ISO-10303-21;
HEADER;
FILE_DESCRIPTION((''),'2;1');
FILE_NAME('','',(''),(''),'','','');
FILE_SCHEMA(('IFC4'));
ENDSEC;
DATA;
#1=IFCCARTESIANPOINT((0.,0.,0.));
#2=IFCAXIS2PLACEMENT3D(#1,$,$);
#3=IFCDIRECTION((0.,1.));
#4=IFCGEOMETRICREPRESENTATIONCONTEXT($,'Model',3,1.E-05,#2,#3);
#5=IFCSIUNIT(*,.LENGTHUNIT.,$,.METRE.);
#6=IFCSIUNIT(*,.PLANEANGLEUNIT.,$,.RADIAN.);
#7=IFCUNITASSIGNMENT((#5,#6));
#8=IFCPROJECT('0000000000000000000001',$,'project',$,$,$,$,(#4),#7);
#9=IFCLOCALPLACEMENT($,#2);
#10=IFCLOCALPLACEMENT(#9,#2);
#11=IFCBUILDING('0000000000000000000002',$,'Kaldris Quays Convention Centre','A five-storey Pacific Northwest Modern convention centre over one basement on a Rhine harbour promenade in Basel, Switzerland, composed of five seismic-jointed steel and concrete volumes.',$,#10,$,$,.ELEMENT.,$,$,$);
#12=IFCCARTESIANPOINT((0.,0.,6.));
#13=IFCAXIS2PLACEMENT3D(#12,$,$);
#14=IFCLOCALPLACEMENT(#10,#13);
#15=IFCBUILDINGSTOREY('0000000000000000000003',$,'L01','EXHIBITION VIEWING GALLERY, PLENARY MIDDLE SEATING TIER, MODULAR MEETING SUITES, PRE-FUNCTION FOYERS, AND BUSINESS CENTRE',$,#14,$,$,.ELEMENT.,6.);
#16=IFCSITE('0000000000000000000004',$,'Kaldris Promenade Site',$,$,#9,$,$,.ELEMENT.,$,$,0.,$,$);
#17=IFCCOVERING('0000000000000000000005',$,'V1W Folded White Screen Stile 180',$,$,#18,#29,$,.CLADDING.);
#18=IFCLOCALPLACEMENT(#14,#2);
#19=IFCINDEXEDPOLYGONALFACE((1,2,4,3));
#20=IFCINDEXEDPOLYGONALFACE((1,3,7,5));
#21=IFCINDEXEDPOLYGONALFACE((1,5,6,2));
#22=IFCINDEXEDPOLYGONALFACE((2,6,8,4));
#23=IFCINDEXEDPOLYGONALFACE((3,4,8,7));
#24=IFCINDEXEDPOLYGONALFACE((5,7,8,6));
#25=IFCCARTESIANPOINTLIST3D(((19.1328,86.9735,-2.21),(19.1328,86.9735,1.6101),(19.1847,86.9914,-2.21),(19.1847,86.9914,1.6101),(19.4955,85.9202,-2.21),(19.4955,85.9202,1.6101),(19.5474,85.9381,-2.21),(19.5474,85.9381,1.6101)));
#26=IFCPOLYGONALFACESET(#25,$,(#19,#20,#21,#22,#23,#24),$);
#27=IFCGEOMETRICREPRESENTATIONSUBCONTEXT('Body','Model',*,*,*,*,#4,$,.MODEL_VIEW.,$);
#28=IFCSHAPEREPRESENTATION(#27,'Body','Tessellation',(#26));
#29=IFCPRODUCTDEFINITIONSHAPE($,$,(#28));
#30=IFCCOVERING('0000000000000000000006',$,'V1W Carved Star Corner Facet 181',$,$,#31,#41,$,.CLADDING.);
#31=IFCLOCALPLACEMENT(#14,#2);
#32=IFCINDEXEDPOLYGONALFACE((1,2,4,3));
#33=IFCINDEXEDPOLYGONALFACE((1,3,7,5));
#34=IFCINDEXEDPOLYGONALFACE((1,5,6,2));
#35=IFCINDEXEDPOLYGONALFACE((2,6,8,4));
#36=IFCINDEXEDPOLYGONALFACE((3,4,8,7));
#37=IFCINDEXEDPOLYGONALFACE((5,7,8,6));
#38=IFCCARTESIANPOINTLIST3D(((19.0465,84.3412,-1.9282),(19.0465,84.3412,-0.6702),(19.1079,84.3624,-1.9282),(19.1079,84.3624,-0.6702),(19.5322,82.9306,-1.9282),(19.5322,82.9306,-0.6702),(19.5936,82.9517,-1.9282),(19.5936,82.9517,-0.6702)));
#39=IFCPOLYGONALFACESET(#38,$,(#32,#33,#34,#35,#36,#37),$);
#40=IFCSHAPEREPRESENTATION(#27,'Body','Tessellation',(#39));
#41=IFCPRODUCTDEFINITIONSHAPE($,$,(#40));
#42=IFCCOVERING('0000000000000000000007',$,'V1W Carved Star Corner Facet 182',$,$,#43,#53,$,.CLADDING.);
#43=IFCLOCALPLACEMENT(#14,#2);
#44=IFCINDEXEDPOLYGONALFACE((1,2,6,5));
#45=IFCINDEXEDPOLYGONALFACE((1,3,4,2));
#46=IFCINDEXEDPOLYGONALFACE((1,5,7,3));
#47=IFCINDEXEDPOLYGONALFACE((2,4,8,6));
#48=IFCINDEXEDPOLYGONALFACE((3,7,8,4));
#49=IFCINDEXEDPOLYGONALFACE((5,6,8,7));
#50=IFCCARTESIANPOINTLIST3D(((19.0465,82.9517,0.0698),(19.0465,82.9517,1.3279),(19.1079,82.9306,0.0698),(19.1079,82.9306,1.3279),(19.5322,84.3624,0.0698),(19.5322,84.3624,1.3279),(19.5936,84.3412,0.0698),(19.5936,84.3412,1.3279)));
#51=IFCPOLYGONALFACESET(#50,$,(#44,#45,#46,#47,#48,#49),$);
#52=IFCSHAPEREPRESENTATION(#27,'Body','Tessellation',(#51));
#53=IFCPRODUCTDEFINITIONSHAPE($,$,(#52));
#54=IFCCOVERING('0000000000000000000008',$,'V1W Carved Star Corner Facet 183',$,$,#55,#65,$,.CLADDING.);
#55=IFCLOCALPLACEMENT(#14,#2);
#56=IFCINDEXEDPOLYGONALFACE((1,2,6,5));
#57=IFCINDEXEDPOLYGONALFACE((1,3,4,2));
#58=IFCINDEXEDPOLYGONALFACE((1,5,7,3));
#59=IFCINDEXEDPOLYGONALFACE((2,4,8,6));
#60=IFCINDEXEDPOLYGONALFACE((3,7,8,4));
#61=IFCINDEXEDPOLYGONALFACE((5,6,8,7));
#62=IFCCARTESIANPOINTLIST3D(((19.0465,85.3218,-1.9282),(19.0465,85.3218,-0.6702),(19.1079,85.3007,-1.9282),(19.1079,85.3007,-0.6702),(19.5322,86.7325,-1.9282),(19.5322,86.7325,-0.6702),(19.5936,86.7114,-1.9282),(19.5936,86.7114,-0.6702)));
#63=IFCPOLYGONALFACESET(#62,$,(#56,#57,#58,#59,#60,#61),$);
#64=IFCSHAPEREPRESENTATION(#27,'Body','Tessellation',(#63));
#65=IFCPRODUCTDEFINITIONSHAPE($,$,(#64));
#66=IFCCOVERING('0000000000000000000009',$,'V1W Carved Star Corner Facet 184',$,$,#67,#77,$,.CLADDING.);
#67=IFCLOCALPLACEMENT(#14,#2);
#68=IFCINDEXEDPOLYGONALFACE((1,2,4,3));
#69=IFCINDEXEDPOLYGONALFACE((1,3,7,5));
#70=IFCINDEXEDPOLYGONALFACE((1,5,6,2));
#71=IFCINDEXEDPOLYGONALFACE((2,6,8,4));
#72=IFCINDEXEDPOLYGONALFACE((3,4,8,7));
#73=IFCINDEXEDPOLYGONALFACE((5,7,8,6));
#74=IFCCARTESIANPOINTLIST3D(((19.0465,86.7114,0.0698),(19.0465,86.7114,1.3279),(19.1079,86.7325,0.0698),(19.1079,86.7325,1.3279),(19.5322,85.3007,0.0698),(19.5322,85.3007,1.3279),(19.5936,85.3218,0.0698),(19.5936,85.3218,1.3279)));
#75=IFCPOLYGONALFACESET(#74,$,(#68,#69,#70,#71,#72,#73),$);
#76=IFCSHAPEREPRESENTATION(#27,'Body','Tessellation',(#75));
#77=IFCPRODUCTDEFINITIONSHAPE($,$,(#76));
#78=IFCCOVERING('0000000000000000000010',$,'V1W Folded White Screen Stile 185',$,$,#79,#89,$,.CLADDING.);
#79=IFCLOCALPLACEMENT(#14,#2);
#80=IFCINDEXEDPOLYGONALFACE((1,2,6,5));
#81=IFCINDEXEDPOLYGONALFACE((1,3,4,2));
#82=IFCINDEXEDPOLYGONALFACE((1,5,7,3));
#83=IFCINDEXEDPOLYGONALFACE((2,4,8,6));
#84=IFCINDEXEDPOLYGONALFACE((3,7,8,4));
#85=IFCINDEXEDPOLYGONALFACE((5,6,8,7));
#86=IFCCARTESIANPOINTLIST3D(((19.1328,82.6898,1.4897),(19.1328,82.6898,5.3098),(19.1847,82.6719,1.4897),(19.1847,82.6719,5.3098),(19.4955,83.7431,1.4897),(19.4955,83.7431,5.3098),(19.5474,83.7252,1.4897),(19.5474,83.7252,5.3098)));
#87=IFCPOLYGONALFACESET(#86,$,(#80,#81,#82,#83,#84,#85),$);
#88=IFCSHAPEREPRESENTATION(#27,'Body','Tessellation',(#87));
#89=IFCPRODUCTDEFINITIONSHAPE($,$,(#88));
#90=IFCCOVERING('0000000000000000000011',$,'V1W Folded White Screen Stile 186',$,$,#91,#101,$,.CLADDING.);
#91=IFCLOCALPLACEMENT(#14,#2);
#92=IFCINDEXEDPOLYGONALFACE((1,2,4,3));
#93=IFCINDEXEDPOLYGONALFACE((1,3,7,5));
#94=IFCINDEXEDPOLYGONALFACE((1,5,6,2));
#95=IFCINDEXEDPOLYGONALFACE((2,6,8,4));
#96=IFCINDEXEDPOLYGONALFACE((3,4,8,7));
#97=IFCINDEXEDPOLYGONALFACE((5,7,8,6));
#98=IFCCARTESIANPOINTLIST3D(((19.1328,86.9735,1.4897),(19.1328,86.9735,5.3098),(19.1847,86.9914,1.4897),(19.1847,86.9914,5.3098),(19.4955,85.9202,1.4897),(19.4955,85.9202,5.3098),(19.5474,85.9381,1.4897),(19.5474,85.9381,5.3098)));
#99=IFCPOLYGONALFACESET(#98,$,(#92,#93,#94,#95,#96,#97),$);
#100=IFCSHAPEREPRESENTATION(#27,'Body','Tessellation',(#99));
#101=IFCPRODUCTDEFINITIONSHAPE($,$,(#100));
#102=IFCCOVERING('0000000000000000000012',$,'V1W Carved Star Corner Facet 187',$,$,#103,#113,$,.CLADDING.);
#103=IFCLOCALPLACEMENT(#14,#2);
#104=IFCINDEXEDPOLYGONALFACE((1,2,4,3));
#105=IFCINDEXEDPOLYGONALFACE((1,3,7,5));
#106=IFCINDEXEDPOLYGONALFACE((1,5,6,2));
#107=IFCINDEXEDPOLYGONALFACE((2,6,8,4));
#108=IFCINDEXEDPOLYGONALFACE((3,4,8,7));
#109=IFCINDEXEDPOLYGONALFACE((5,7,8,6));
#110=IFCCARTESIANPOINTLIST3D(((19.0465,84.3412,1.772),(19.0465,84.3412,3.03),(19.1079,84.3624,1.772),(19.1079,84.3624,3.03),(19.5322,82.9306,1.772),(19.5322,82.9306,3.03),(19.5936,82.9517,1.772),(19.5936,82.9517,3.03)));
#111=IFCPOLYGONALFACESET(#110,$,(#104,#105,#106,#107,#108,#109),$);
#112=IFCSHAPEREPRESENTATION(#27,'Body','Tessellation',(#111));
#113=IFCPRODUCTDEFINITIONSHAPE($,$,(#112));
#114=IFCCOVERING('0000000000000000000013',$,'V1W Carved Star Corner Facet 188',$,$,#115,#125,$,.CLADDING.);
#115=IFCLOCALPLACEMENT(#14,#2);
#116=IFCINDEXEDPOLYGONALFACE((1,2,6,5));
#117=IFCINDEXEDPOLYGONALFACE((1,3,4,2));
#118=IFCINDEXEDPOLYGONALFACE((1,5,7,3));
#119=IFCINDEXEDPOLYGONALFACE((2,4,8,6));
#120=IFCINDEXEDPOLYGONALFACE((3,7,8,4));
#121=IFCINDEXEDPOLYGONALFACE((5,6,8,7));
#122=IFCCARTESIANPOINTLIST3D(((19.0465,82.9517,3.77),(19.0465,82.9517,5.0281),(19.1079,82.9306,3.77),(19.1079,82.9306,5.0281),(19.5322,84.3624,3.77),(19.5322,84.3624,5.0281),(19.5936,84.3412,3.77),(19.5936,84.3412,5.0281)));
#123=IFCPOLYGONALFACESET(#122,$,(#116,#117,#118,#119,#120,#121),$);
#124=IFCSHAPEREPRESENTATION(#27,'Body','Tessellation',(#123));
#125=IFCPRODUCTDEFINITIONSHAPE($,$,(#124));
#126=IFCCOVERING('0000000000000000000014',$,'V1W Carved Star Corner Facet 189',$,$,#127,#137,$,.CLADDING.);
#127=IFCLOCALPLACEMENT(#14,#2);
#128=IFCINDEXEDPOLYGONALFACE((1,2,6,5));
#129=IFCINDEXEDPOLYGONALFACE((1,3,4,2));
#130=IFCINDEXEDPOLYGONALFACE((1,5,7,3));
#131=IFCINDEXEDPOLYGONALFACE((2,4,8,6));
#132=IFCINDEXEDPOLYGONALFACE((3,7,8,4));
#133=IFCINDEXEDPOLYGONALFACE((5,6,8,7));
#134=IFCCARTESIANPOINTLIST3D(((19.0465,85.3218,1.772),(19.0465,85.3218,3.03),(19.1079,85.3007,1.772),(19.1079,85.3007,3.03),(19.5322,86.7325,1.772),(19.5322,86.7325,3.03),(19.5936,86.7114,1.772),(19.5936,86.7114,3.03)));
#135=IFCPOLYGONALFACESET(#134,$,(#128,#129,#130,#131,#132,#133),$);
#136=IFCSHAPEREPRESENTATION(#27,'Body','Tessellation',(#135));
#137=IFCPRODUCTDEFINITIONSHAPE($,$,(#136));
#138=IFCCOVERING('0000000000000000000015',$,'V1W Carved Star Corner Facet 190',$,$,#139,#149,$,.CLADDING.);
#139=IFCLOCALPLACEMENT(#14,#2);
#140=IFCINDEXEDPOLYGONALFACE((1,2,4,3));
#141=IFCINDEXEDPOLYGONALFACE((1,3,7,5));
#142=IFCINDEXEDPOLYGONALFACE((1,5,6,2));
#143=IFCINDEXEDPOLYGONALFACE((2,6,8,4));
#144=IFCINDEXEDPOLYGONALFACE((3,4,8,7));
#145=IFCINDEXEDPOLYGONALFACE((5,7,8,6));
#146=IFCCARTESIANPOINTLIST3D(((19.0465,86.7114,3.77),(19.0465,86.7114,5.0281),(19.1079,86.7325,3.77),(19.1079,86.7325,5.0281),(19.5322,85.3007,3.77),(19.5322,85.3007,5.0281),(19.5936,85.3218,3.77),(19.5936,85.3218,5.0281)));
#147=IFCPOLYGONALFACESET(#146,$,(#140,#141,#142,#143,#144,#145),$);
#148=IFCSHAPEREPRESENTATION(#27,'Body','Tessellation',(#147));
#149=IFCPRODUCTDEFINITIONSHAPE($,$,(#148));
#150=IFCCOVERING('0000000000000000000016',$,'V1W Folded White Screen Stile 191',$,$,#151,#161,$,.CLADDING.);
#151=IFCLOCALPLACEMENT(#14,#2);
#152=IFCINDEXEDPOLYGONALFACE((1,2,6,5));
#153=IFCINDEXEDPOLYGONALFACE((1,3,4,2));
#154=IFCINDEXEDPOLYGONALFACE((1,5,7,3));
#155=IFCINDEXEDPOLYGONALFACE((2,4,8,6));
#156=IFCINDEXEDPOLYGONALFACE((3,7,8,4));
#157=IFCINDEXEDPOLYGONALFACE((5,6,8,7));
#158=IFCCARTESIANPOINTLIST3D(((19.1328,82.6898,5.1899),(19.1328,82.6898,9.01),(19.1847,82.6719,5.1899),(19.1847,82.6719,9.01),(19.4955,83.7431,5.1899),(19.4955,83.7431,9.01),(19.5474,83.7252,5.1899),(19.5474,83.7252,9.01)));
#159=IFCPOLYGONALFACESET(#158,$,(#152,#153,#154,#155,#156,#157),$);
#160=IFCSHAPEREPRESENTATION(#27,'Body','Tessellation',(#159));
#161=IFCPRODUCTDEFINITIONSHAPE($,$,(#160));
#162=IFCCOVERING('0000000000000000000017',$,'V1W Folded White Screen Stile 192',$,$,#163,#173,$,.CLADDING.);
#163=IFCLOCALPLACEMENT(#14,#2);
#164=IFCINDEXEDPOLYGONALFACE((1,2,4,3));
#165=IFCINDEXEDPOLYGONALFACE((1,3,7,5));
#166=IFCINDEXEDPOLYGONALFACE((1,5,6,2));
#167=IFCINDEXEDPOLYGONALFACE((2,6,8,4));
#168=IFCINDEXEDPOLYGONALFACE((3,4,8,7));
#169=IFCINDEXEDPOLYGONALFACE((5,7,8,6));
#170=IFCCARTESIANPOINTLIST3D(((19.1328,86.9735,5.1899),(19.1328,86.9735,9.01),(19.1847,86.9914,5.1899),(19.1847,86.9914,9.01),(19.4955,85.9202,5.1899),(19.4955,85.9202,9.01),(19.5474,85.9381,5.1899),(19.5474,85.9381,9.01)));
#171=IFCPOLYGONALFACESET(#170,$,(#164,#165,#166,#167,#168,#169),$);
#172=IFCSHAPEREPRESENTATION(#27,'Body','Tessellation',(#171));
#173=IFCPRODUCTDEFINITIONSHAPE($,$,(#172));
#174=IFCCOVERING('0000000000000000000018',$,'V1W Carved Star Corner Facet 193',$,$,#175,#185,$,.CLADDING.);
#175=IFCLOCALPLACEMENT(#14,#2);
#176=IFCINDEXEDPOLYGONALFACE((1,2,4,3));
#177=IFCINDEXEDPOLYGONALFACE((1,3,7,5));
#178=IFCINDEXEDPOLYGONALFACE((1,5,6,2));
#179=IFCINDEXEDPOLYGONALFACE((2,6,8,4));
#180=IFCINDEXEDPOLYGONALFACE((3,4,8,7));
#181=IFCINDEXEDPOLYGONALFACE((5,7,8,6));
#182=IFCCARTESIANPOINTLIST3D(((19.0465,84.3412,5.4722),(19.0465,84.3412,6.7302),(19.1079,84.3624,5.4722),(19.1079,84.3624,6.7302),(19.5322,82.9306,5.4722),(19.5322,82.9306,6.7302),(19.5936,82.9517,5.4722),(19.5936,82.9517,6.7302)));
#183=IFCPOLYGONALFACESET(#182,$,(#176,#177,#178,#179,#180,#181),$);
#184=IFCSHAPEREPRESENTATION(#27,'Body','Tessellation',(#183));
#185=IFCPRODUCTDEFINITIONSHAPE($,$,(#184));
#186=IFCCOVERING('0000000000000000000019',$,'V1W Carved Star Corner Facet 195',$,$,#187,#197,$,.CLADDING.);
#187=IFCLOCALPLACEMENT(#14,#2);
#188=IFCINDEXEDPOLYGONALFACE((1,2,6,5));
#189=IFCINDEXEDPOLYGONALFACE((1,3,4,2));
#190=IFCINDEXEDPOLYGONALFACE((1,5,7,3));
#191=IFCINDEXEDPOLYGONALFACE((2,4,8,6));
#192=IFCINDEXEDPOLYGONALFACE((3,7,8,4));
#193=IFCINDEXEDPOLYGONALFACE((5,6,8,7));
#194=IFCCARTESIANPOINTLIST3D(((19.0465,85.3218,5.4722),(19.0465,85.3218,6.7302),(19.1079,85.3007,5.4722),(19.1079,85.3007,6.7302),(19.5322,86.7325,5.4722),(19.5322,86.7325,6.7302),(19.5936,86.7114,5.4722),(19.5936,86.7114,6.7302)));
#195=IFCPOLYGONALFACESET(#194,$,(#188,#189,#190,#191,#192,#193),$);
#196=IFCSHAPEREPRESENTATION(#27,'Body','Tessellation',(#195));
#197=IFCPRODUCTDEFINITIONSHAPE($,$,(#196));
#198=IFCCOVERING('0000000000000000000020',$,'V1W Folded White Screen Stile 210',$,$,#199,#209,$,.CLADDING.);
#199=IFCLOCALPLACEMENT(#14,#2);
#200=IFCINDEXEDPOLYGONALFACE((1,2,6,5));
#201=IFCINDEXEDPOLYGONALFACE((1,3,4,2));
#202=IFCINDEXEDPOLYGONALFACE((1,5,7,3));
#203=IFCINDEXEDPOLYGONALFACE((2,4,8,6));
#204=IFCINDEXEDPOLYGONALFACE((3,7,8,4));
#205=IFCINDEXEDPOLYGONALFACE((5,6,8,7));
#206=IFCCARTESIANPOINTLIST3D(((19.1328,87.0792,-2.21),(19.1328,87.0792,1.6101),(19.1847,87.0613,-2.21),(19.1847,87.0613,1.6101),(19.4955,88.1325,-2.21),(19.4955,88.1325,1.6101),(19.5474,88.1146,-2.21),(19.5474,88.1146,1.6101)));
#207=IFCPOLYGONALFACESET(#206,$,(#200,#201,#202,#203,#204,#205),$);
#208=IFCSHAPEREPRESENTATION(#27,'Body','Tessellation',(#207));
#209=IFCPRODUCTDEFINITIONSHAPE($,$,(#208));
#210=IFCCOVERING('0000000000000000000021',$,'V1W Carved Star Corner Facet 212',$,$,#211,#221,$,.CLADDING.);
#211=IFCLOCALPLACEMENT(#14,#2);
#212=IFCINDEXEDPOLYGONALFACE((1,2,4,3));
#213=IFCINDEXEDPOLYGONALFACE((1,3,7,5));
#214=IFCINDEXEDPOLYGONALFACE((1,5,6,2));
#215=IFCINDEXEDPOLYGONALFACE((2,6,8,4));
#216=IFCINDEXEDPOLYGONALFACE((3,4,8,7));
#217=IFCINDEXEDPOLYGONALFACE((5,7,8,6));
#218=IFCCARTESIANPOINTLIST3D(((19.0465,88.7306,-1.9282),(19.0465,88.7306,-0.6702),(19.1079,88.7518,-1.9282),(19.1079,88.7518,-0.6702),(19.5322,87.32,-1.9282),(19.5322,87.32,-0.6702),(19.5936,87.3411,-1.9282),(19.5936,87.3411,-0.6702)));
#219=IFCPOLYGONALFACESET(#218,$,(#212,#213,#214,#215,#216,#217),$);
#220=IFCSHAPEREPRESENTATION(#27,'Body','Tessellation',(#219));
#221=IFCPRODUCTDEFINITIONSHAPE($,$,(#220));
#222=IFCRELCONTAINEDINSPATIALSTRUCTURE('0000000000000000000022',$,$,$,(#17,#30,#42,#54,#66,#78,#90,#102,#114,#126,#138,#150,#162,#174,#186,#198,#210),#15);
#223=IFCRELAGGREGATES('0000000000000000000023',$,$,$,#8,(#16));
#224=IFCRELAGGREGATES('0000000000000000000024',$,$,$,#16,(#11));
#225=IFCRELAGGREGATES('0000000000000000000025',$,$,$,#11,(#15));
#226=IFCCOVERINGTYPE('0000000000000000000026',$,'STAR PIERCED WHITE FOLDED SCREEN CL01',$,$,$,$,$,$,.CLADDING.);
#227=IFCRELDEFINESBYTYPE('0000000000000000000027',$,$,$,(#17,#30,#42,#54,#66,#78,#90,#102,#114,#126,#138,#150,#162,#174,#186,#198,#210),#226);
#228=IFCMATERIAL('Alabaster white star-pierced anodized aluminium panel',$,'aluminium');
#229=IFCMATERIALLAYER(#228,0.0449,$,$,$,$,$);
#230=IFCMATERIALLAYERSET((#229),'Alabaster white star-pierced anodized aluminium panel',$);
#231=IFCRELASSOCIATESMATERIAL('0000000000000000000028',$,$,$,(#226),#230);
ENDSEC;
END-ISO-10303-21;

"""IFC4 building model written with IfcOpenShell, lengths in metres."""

from ifc_helpers import new_model, si_unit, direction, frame, origin, origin_2d, place, context, subcontext, project, spatial, rectangle, extrude, material, layer, layer_set, type_object, element, save


model = new_model("IFC4")

# Units and contexts
model_context = context("Model", 3, precision=1e-05, world=origin(), true_north=direction((0.0, 1.0)))
body_context = subcontext(model_context, "Body", "Model", "MODEL_VIEW")
ifc_project = project(units=[si_unit("LENGTHUNIT", "METRE"), si_unit("PLANEANGLEUNIT", "RADIAN")], contexts=[model_context])

# Site, building, storey
site_placement = place(None, origin())
site = spatial("IfcSite", under=ifc_project, at=site_placement, Name="Kaldris Promenade Site", CompositionType="ELEMENT", RefElevation=0.0)
building_placement = place(site_placement, origin())
building = spatial("IfcBuilding", under=site, at=building_placement, Name="Kaldris Quays Convention Centre", Description="A five-storey Pacific Northwest Modern convention centre over one basement on a Rhine harbour promenade in Basel, Switzerland, composed of five seismic-jointed steel and concrete volumes.", CompositionType="ELEMENT")
storey_placement = place(building_placement, frame((0.0, 0.0, 6.0)))
storey = spatial("IfcBuildingStorey", under=building, at=storey_placement, Name="L01", Description="EXHIBITION VIEWING GALLERY, PLENARY MIDDLE SEATING TIER, MODULAR MEETING SUITES, PRE-FUNCTION FOYERS, AND BUSINESS CENTRE", CompositionType="ELEMENT", Elevation=6.0)

# Coverings
ifc_material_1 = material(Name="Alabaster white star-pierced anodized aluminium panel", Category="aluminium")
ifc_layer = layer(ifc_material_1, 0.0449)
ifc_layer_set = layer_set([ifc_layer], Name="Alabaster white star-pierced anodized aluminium panel")
covering_type = type_object("IfcCoveringType", Name="STAR PIERCED WHITE FOLDED SCREEN CL01", PredefinedType="CLADDING", material=ifc_layer_set)
covering_1_placement = place(storey_placement, frame((19.3401, 86.4558, -2.21), z_axis=(0.0, 0.0, 1.0), x_axis=(-0.325568, 0.945519, 0.0)))
element("IfcCovering", 1, at=covering_1_placement, inside=storey, type_object=covering_type, Name="V1W Folded White Screen Stile 180", PredefinedType="CLADDING", context=body_context, shape_type="SweptSolid", body=[
    extrude(rectangle(XDim=1.114, YDim=0.0549, at=origin_2d()), origin(), (0.0, 0.0, 1.0), 3.8201),
])
for number, where, z_axis, x_axis, name in (
    (2, (19.3201, 83.6465, -1.9282), (0.0, 0.0, 1.0), (-0.325568, 0.945519, 0.0), "V1W Carved Star Corner Facet 181"),
    (3, (19.3201, 83.6465, 0.0698), (0.0, 0.0, 1.0), (0.325568, 0.945519, 0.0), "V1W Carved Star Corner Facet 182"),
    (4, (19.3201, 86.0166, -1.9282), (0.0, 0.0, 1.0), (0.325568, 0.945519, 0.0), "V1W Carved Star Corner Facet 183"),
    (5, (19.3201, 86.0166, 0.0698), (0.0, 0.0, 1.0), (-0.325568, 0.945519, 0.0), "V1W Carved Star Corner Facet 184"),
):
    element("IfcCovering", number, at=place(storey_placement, frame(where, z_axis=z_axis, x_axis=x_axis)), inside=storey, type_object=covering_type, Name=name, PredefinedType="CLADDING", context=body_context, shape_type="SweptSolid", body=[
        extrude(rectangle(XDim=1.4919, YDim=0.0649, at=origin_2d()), origin(), (0.0, 0.0, 1.0), 1.2581),
    ])
for number, where, z_axis, x_axis, name in (
    (6, (19.3401, 83.2075, 1.4897), (0.0, 0.0, 1.0), (0.325568, 0.945519, 0.0), "V1W Folded White Screen Stile 185"),
    (7, (19.3401, 86.4558, 1.4897), (0.0, 0.0, 1.0), (-0.325568, 0.945519, 0.0), "V1W Folded White Screen Stile 186"),
):
    element("IfcCovering", number, at=place(storey_placement, frame(where, z_axis=z_axis, x_axis=x_axis)), inside=storey, type_object=covering_type, Name=name, PredefinedType="CLADDING", context=body_context, shape_type="SweptSolid", body=[
        extrude(rectangle(XDim=1.114, YDim=0.0549, at=origin_2d()), origin(), (0.0, 0.0, 1.0), 3.8201),
    ])
for number, where, z_axis, x_axis, name in (
    (8, (19.3201, 83.6465, 1.772), (0.0, 0.0, 1.0), (-0.325568, 0.945519, 0.0), "V1W Carved Star Corner Facet 187"),
    (9, (19.3201, 83.6465, 3.77), (0.0, 0.0, 1.0), (0.325568, 0.945519, 0.0), "V1W Carved Star Corner Facet 188"),
    (10, (19.3201, 86.0166, 1.772), (0.0, 0.0, 1.0), (0.325568, 0.945519, 0.0), "V1W Carved Star Corner Facet 189"),
    (11, (19.3201, 86.0166, 3.77), (0.0, 0.0, 1.0), (-0.325568, 0.945519, 0.0), "V1W Carved Star Corner Facet 190"),
):
    element("IfcCovering", number, at=place(storey_placement, frame(where, z_axis=z_axis, x_axis=x_axis)), inside=storey, type_object=covering_type, Name=name, PredefinedType="CLADDING", context=body_context, shape_type="SweptSolid", body=[
        extrude(rectangle(XDim=1.4919, YDim=0.0649, at=origin_2d()), origin(), (0.0, 0.0, 1.0), 1.2581),
    ])
for number, where, z_axis, x_axis, name in (
    (12, (19.3401, 83.2075, 5.1899), (0.0, 0.0, 1.0), (0.325568, 0.945519, 0.0), "V1W Folded White Screen Stile 191"),
    (13, (19.3401, 86.4558, 5.1899), (0.0, 0.0, 1.0), (-0.325568, 0.945519, 0.0), "V1W Folded White Screen Stile 192"),
):
    element("IfcCovering", number, at=place(storey_placement, frame(where, z_axis=z_axis, x_axis=x_axis)), inside=storey, type_object=covering_type, Name=name, PredefinedType="CLADDING", context=body_context, shape_type="SweptSolid", body=[
        extrude(rectangle(XDim=1.114, YDim=0.0549, at=origin_2d()), origin(), (0.0, 0.0, 1.0), 3.8201),
    ])
for number, where, z_axis, x_axis, name in (
    (14, (19.3201, 83.6465, 5.4722), (0.0, 0.0, 1.0), (-0.325568, 0.945519, 0.0), "V1W Carved Star Corner Facet 193"),
    (15, (19.3201, 86.0166, 5.4722), (0.0, 0.0, 1.0), (0.325568, 0.945519, 0.0), "V1W Carved Star Corner Facet 195"),
):
    element("IfcCovering", number, at=place(storey_placement, frame(where, z_axis=z_axis, x_axis=x_axis)), inside=storey, type_object=covering_type, Name=name, PredefinedType="CLADDING", context=body_context, shape_type="SweptSolid", body=[
        extrude(rectangle(XDim=1.4919, YDim=0.0649, at=origin_2d()), origin(), (0.0, 0.0, 1.0), 1.2581),
    ])
covering_2_placement = place(storey_placement, frame((19.3401, 87.5969, -2.21), z_axis=(0.0, 0.0, 1.0), x_axis=(0.325568, 0.945519, 0.0)))
element("IfcCovering", 16, at=covering_2_placement, inside=storey, type_object=covering_type, Name="V1W Folded White Screen Stile 210", PredefinedType="CLADDING", context=body_context, shape_type="SweptSolid", body=[
    extrude(rectangle(XDim=1.114, YDim=0.0549, at=origin_2d()), origin(), (0.0, 0.0, 1.0), 3.8201),
])
for number, where, z_axis, x_axis, name in (
    (17, (19.3201, 88.0359, -1.9282), (0.0, 0.0, 1.0), (-0.325568, 0.945519, 0.0), "V1W Carved Star Corner Facet 212"),
):
    element("IfcCovering", number, at=place(storey_placement, frame(where, z_axis=z_axis, x_axis=x_axis)), inside=storey, type_object=covering_type, Name=name, PredefinedType="CLADDING", context=body_context, shape_type="SweptSolid", body=[
        extrude(rectangle(XDim=1.4919, YDim=0.0649, at=origin_2d()), origin(), (0.0, 0.0, 1.0), 1.2581),
    ])

save(model, "model.ifc")
